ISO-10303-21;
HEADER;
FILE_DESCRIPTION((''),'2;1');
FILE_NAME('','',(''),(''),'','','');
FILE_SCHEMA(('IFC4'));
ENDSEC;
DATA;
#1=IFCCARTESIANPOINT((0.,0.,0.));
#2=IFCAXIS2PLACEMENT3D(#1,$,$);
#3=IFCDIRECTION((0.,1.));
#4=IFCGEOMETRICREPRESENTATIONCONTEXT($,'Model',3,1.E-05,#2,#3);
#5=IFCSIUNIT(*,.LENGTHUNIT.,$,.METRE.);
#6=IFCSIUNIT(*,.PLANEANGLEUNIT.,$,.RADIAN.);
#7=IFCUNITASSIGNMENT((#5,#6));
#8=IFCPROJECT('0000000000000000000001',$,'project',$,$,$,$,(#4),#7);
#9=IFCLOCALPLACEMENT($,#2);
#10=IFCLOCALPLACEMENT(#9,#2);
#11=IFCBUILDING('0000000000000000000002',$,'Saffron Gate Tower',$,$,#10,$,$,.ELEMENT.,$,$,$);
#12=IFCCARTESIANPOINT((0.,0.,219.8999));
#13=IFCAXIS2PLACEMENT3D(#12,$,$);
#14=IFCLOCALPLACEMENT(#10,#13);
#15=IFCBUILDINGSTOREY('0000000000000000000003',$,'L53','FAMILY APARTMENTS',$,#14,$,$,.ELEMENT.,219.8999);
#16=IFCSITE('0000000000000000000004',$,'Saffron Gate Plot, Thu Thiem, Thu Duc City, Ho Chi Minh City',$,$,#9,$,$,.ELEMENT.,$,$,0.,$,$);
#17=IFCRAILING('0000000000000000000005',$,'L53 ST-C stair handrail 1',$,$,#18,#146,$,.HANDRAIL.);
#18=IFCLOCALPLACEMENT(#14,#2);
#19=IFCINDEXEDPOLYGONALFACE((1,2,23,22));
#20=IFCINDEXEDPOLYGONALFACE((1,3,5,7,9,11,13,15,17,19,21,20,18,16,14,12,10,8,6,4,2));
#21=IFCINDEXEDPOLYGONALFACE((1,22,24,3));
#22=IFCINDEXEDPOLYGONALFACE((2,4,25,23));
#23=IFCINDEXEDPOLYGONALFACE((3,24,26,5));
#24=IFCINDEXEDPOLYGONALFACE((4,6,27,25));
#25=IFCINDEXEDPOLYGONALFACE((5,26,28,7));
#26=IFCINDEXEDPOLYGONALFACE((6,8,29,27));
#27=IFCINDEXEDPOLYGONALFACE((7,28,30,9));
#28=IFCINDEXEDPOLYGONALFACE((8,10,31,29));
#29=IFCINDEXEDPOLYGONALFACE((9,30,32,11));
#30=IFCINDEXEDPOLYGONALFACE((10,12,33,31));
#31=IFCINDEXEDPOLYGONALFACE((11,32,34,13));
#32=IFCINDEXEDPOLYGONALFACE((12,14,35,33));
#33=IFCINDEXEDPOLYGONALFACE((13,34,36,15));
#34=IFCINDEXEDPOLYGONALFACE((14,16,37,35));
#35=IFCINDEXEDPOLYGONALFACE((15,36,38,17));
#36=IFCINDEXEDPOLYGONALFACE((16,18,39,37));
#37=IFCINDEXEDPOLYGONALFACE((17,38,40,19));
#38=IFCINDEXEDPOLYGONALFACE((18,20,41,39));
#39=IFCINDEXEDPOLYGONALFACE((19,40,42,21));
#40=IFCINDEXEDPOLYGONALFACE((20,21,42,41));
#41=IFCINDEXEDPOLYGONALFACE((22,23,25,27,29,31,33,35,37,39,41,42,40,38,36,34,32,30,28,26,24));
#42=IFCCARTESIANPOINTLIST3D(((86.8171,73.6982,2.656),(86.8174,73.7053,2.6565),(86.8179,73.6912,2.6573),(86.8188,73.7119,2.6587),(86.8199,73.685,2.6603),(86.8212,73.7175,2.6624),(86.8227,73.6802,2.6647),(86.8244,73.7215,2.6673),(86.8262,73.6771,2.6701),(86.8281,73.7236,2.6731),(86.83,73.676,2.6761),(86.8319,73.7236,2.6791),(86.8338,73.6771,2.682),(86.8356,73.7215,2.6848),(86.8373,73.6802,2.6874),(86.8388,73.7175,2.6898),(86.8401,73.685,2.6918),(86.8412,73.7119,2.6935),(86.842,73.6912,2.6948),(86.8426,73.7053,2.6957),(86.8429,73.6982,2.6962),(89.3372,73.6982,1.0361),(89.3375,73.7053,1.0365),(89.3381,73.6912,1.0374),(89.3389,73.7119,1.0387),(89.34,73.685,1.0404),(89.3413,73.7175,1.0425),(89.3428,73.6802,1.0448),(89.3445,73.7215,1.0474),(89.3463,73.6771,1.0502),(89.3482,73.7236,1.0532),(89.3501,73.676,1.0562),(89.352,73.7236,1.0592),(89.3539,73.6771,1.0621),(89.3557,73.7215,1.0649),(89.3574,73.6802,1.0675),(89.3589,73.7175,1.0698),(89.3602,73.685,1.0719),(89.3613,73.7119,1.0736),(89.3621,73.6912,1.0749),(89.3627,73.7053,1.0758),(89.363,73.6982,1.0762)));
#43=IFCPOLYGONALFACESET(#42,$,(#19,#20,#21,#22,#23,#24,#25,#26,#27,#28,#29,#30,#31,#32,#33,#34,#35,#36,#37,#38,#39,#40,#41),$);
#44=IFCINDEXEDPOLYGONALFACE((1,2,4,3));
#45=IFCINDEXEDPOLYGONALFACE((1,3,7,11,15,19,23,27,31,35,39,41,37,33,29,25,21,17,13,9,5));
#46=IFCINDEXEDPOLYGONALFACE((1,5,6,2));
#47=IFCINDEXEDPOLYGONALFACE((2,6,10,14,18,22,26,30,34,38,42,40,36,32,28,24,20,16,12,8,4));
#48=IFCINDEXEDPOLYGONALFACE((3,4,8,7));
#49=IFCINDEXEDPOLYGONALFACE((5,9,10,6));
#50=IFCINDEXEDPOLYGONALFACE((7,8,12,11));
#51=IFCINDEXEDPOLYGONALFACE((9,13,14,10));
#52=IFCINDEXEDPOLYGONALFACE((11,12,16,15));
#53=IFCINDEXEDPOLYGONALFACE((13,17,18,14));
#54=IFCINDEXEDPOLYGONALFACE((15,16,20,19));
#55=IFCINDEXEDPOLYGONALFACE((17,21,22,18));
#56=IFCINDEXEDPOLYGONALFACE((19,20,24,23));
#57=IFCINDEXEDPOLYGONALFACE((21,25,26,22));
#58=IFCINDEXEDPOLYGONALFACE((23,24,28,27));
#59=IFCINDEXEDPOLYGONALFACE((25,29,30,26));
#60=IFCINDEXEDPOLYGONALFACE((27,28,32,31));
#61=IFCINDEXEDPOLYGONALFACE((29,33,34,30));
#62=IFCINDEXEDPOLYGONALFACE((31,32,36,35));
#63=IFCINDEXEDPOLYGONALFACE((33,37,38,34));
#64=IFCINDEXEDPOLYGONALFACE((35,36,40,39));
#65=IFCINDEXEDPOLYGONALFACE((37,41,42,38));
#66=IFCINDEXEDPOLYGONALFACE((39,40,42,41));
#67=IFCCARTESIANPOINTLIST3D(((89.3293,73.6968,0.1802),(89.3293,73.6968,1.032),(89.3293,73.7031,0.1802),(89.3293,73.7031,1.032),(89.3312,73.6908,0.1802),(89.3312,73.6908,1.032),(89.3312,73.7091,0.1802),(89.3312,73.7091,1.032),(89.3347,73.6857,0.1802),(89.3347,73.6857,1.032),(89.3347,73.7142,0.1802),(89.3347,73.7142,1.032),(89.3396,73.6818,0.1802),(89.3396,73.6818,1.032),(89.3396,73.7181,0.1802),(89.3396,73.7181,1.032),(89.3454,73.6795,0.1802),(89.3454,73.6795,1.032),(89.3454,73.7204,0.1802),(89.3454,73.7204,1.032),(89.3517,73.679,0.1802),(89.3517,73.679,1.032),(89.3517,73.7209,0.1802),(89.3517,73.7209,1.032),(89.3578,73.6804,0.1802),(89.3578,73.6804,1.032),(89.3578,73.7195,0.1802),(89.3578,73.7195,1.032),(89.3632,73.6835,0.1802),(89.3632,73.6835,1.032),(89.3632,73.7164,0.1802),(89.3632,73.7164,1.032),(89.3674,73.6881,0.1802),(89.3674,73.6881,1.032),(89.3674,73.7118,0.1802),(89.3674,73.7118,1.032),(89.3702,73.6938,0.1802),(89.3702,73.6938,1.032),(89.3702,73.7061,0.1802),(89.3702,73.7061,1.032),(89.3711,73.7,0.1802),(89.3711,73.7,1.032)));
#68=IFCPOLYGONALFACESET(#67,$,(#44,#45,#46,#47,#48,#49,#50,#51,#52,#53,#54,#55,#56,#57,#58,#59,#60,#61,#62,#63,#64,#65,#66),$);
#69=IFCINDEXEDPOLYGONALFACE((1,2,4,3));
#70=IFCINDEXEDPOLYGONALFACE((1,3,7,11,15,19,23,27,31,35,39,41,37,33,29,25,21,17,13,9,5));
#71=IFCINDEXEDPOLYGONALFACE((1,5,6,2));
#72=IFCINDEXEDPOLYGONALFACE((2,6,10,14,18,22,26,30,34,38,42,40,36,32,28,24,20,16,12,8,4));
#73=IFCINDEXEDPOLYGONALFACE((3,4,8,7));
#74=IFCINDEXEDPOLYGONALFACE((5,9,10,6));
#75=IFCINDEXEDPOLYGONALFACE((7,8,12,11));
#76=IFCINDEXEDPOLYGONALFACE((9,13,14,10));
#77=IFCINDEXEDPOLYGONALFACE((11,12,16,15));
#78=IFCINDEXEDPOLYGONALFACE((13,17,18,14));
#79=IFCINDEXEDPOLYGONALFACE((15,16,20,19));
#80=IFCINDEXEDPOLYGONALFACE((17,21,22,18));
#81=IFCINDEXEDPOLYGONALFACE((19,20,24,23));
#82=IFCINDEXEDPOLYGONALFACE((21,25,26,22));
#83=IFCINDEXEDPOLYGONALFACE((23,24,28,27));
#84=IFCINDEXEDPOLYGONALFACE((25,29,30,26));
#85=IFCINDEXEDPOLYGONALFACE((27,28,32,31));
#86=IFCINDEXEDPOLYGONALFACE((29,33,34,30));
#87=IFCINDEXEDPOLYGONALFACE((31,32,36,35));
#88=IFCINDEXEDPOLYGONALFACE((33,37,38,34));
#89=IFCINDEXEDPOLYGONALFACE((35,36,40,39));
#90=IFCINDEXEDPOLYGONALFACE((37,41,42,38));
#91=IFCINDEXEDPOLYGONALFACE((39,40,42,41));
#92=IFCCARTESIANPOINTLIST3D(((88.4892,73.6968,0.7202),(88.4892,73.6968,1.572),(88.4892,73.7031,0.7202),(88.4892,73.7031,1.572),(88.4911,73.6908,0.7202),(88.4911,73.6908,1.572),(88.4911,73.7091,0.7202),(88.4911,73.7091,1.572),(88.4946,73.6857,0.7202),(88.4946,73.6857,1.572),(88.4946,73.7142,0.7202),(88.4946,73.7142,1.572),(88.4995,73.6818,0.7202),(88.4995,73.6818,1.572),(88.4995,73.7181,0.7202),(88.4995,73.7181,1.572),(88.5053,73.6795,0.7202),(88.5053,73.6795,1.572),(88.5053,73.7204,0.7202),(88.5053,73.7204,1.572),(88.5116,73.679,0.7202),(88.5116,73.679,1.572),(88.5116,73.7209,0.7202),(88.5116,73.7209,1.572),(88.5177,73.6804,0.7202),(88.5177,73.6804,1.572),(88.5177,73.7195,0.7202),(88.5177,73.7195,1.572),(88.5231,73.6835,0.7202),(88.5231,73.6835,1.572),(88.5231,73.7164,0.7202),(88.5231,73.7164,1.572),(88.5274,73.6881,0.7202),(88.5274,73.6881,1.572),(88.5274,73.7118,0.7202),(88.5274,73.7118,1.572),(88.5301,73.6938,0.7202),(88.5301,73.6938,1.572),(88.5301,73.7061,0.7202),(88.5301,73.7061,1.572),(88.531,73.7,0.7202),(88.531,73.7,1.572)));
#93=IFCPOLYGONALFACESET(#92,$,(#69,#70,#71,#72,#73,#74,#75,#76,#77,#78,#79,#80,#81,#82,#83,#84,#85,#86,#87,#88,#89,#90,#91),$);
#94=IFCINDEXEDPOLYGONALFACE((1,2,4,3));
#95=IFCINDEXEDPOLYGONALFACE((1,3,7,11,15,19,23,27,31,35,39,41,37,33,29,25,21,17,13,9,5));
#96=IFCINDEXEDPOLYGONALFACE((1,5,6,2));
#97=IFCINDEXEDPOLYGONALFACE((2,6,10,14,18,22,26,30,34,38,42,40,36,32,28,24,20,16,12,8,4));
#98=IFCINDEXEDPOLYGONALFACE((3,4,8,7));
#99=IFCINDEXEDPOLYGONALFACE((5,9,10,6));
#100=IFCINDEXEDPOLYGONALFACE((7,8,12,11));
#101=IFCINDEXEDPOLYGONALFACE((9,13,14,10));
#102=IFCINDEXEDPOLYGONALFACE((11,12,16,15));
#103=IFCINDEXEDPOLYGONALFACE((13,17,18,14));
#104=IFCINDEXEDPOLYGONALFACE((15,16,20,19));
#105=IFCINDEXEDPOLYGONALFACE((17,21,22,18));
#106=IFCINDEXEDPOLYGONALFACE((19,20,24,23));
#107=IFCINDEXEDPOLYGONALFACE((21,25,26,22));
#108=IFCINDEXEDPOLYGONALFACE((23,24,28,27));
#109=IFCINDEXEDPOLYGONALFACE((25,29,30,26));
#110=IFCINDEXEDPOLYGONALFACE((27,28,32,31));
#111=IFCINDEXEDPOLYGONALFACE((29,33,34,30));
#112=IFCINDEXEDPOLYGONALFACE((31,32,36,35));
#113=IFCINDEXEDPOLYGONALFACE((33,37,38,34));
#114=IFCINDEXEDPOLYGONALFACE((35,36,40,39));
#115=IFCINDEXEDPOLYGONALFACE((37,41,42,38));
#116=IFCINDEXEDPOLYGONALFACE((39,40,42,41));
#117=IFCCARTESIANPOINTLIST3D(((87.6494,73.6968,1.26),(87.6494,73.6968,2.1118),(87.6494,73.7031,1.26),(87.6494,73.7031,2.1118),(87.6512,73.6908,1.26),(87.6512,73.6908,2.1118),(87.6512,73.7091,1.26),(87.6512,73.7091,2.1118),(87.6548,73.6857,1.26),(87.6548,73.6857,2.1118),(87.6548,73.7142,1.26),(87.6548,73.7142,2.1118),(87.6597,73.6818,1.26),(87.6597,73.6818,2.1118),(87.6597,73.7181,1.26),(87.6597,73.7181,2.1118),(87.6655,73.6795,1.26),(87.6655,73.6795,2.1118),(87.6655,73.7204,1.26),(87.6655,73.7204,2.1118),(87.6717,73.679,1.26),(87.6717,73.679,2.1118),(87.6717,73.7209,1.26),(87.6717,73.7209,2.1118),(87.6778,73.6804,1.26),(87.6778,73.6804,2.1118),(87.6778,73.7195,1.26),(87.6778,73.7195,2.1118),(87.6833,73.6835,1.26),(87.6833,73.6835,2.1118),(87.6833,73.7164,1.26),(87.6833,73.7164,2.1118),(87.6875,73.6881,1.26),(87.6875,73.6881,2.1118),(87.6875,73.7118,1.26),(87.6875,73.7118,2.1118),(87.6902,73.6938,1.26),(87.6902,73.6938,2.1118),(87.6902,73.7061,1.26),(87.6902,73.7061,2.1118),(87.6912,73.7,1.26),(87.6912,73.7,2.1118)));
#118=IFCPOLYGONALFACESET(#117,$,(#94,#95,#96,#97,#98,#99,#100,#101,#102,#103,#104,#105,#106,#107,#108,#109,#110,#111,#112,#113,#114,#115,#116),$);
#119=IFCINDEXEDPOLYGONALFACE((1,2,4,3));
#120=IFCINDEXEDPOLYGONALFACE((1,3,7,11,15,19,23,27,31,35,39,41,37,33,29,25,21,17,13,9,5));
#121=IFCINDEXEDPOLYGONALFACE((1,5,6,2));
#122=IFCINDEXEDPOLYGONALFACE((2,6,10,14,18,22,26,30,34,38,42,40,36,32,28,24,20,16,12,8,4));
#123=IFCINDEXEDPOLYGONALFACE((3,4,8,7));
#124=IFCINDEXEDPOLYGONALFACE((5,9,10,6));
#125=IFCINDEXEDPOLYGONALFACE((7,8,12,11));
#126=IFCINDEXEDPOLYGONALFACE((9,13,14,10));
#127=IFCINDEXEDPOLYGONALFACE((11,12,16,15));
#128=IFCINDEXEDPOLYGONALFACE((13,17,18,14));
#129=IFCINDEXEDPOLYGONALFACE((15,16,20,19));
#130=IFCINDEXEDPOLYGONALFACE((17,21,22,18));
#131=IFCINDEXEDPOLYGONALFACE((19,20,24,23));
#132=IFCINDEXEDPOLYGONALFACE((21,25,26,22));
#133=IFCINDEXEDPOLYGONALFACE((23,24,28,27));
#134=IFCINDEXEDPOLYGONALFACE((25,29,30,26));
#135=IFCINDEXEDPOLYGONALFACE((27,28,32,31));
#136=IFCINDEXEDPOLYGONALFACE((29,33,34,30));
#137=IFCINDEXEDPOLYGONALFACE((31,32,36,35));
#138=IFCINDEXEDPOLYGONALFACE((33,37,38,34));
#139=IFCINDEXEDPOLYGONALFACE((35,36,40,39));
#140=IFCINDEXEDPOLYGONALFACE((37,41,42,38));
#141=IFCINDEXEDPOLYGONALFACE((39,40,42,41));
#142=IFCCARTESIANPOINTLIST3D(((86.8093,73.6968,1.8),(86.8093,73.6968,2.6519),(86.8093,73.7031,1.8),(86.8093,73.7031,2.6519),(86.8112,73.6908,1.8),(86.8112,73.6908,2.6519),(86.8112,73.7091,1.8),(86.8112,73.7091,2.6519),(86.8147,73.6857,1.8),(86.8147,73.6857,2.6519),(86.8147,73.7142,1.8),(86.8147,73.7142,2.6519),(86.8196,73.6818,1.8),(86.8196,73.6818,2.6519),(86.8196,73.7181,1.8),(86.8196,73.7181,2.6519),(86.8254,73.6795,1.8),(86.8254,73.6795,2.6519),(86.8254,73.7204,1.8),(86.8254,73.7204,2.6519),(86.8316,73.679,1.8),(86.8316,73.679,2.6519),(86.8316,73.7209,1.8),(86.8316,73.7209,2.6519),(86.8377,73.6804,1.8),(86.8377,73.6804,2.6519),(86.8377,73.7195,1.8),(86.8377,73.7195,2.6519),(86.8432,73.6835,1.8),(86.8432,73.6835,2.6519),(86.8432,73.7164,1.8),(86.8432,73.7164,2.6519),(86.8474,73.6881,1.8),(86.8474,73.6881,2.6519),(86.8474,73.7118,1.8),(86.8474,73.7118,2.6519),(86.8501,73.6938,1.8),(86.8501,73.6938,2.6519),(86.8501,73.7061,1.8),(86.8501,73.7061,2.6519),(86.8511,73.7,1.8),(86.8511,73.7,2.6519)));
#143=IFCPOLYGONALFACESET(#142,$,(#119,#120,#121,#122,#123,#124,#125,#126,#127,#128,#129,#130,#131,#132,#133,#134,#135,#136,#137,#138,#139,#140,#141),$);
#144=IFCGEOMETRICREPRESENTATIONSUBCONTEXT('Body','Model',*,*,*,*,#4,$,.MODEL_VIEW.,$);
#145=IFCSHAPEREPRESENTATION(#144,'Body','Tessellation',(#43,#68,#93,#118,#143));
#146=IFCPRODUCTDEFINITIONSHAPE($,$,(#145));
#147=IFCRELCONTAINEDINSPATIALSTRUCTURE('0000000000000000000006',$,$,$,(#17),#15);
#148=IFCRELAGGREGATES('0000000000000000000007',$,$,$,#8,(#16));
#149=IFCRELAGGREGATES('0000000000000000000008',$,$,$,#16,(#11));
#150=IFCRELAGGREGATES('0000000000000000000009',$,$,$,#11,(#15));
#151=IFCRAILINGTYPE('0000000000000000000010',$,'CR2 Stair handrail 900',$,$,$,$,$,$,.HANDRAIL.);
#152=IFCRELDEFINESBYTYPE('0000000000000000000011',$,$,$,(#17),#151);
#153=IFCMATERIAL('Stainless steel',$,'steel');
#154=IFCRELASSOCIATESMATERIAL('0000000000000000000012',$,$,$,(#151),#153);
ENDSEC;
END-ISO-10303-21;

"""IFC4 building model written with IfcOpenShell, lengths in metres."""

from ifc_helpers import new_model, si_unit, direction, frame, origin, origin_2d, place, context, subcontext, project, spatial, circle, extrude, material, type_object, element, save


model = new_model("IFC4")

# Units and contexts
model_context = context("Model", 3, precision=1e-05, world=origin(), true_north=direction((0.0, 1.0)))
body_context = subcontext(model_context, "Body", "Model", "MODEL_VIEW")
ifc_project = project(units=[si_unit("LENGTHUNIT", "METRE"), si_unit("PLANEANGLEUNIT", "RADIAN")], contexts=[model_context])

# Site, building, storey
site_placement = place(None, origin())
site = spatial("IfcSite", under=ifc_project, at=site_placement, Name="Saffron Gate Plot, Thu Thiem, Thu Duc City, Ho Chi Minh City", CompositionType="ELEMENT", RefElevation=0.0)
building_placement = place(site_placement, origin())
building = spatial("IfcBuilding", under=site, at=building_placement, Name="Saffron Gate Tower", CompositionType="ELEMENT")
storey_placement = place(building_placement, frame((0.0, 0.0, 219.8999)))
storey = spatial("IfcBuildingStorey", under=building, at=storey_placement, Name="L53", Description="FAMILY APARTMENTS", CompositionType="ELEMENT", Elevation=219.8999)

# Railing
ifc_material_1 = material(Name="Stainless steel", Category="steel")
railing_type_1 = type_object("IfcRailingType", Name="CR2 Stair handrail 900", PredefinedType="HANDRAIL", material=ifc_material_1)
railing_1_placement = place(storey_placement, frame((89.3501, 73.7, 0.1802)))
element("IfcRailing", 1, at=railing_1_placement, inside=storey, type_object=railing_type_1, Name="L53 ST-C stair handrail 1", PredefinedType="HANDRAIL", context=body_context, shape_type="SweptSolid", body=[
    extrude(circle(Radius=0.0239, at=origin_2d()), frame((0.0, 0.0, 0.876), z_axis=(-0.8412, 0.0, 0.540725), x_axis=(0.0, -1.0, 0.0)), (0.0, 0.0, 1.0), 2.9958),
    extrude(circle(Radius=0.021, at=origin_2d()), origin(), (0.0, 0.0, 1.0), 0.8518),
    extrude(circle(Radius=0.021, at=origin_2d()), frame((-0.8401, 0.0, 0.54)), (0.0, 0.0, 1.0), 0.8518),
    extrude(circle(Radius=0.021, at=origin_2d()), frame((-1.6799, 0.0, 1.0798)), (0.0, 0.0, 1.0), 0.8518),
    extrude(circle(Radius=0.021, at=origin_2d()), frame((-2.52, 0.0, 1.6199)), (0.0, 0.0, 1.0), 0.8518),
])

save(model, "model.ifc")
